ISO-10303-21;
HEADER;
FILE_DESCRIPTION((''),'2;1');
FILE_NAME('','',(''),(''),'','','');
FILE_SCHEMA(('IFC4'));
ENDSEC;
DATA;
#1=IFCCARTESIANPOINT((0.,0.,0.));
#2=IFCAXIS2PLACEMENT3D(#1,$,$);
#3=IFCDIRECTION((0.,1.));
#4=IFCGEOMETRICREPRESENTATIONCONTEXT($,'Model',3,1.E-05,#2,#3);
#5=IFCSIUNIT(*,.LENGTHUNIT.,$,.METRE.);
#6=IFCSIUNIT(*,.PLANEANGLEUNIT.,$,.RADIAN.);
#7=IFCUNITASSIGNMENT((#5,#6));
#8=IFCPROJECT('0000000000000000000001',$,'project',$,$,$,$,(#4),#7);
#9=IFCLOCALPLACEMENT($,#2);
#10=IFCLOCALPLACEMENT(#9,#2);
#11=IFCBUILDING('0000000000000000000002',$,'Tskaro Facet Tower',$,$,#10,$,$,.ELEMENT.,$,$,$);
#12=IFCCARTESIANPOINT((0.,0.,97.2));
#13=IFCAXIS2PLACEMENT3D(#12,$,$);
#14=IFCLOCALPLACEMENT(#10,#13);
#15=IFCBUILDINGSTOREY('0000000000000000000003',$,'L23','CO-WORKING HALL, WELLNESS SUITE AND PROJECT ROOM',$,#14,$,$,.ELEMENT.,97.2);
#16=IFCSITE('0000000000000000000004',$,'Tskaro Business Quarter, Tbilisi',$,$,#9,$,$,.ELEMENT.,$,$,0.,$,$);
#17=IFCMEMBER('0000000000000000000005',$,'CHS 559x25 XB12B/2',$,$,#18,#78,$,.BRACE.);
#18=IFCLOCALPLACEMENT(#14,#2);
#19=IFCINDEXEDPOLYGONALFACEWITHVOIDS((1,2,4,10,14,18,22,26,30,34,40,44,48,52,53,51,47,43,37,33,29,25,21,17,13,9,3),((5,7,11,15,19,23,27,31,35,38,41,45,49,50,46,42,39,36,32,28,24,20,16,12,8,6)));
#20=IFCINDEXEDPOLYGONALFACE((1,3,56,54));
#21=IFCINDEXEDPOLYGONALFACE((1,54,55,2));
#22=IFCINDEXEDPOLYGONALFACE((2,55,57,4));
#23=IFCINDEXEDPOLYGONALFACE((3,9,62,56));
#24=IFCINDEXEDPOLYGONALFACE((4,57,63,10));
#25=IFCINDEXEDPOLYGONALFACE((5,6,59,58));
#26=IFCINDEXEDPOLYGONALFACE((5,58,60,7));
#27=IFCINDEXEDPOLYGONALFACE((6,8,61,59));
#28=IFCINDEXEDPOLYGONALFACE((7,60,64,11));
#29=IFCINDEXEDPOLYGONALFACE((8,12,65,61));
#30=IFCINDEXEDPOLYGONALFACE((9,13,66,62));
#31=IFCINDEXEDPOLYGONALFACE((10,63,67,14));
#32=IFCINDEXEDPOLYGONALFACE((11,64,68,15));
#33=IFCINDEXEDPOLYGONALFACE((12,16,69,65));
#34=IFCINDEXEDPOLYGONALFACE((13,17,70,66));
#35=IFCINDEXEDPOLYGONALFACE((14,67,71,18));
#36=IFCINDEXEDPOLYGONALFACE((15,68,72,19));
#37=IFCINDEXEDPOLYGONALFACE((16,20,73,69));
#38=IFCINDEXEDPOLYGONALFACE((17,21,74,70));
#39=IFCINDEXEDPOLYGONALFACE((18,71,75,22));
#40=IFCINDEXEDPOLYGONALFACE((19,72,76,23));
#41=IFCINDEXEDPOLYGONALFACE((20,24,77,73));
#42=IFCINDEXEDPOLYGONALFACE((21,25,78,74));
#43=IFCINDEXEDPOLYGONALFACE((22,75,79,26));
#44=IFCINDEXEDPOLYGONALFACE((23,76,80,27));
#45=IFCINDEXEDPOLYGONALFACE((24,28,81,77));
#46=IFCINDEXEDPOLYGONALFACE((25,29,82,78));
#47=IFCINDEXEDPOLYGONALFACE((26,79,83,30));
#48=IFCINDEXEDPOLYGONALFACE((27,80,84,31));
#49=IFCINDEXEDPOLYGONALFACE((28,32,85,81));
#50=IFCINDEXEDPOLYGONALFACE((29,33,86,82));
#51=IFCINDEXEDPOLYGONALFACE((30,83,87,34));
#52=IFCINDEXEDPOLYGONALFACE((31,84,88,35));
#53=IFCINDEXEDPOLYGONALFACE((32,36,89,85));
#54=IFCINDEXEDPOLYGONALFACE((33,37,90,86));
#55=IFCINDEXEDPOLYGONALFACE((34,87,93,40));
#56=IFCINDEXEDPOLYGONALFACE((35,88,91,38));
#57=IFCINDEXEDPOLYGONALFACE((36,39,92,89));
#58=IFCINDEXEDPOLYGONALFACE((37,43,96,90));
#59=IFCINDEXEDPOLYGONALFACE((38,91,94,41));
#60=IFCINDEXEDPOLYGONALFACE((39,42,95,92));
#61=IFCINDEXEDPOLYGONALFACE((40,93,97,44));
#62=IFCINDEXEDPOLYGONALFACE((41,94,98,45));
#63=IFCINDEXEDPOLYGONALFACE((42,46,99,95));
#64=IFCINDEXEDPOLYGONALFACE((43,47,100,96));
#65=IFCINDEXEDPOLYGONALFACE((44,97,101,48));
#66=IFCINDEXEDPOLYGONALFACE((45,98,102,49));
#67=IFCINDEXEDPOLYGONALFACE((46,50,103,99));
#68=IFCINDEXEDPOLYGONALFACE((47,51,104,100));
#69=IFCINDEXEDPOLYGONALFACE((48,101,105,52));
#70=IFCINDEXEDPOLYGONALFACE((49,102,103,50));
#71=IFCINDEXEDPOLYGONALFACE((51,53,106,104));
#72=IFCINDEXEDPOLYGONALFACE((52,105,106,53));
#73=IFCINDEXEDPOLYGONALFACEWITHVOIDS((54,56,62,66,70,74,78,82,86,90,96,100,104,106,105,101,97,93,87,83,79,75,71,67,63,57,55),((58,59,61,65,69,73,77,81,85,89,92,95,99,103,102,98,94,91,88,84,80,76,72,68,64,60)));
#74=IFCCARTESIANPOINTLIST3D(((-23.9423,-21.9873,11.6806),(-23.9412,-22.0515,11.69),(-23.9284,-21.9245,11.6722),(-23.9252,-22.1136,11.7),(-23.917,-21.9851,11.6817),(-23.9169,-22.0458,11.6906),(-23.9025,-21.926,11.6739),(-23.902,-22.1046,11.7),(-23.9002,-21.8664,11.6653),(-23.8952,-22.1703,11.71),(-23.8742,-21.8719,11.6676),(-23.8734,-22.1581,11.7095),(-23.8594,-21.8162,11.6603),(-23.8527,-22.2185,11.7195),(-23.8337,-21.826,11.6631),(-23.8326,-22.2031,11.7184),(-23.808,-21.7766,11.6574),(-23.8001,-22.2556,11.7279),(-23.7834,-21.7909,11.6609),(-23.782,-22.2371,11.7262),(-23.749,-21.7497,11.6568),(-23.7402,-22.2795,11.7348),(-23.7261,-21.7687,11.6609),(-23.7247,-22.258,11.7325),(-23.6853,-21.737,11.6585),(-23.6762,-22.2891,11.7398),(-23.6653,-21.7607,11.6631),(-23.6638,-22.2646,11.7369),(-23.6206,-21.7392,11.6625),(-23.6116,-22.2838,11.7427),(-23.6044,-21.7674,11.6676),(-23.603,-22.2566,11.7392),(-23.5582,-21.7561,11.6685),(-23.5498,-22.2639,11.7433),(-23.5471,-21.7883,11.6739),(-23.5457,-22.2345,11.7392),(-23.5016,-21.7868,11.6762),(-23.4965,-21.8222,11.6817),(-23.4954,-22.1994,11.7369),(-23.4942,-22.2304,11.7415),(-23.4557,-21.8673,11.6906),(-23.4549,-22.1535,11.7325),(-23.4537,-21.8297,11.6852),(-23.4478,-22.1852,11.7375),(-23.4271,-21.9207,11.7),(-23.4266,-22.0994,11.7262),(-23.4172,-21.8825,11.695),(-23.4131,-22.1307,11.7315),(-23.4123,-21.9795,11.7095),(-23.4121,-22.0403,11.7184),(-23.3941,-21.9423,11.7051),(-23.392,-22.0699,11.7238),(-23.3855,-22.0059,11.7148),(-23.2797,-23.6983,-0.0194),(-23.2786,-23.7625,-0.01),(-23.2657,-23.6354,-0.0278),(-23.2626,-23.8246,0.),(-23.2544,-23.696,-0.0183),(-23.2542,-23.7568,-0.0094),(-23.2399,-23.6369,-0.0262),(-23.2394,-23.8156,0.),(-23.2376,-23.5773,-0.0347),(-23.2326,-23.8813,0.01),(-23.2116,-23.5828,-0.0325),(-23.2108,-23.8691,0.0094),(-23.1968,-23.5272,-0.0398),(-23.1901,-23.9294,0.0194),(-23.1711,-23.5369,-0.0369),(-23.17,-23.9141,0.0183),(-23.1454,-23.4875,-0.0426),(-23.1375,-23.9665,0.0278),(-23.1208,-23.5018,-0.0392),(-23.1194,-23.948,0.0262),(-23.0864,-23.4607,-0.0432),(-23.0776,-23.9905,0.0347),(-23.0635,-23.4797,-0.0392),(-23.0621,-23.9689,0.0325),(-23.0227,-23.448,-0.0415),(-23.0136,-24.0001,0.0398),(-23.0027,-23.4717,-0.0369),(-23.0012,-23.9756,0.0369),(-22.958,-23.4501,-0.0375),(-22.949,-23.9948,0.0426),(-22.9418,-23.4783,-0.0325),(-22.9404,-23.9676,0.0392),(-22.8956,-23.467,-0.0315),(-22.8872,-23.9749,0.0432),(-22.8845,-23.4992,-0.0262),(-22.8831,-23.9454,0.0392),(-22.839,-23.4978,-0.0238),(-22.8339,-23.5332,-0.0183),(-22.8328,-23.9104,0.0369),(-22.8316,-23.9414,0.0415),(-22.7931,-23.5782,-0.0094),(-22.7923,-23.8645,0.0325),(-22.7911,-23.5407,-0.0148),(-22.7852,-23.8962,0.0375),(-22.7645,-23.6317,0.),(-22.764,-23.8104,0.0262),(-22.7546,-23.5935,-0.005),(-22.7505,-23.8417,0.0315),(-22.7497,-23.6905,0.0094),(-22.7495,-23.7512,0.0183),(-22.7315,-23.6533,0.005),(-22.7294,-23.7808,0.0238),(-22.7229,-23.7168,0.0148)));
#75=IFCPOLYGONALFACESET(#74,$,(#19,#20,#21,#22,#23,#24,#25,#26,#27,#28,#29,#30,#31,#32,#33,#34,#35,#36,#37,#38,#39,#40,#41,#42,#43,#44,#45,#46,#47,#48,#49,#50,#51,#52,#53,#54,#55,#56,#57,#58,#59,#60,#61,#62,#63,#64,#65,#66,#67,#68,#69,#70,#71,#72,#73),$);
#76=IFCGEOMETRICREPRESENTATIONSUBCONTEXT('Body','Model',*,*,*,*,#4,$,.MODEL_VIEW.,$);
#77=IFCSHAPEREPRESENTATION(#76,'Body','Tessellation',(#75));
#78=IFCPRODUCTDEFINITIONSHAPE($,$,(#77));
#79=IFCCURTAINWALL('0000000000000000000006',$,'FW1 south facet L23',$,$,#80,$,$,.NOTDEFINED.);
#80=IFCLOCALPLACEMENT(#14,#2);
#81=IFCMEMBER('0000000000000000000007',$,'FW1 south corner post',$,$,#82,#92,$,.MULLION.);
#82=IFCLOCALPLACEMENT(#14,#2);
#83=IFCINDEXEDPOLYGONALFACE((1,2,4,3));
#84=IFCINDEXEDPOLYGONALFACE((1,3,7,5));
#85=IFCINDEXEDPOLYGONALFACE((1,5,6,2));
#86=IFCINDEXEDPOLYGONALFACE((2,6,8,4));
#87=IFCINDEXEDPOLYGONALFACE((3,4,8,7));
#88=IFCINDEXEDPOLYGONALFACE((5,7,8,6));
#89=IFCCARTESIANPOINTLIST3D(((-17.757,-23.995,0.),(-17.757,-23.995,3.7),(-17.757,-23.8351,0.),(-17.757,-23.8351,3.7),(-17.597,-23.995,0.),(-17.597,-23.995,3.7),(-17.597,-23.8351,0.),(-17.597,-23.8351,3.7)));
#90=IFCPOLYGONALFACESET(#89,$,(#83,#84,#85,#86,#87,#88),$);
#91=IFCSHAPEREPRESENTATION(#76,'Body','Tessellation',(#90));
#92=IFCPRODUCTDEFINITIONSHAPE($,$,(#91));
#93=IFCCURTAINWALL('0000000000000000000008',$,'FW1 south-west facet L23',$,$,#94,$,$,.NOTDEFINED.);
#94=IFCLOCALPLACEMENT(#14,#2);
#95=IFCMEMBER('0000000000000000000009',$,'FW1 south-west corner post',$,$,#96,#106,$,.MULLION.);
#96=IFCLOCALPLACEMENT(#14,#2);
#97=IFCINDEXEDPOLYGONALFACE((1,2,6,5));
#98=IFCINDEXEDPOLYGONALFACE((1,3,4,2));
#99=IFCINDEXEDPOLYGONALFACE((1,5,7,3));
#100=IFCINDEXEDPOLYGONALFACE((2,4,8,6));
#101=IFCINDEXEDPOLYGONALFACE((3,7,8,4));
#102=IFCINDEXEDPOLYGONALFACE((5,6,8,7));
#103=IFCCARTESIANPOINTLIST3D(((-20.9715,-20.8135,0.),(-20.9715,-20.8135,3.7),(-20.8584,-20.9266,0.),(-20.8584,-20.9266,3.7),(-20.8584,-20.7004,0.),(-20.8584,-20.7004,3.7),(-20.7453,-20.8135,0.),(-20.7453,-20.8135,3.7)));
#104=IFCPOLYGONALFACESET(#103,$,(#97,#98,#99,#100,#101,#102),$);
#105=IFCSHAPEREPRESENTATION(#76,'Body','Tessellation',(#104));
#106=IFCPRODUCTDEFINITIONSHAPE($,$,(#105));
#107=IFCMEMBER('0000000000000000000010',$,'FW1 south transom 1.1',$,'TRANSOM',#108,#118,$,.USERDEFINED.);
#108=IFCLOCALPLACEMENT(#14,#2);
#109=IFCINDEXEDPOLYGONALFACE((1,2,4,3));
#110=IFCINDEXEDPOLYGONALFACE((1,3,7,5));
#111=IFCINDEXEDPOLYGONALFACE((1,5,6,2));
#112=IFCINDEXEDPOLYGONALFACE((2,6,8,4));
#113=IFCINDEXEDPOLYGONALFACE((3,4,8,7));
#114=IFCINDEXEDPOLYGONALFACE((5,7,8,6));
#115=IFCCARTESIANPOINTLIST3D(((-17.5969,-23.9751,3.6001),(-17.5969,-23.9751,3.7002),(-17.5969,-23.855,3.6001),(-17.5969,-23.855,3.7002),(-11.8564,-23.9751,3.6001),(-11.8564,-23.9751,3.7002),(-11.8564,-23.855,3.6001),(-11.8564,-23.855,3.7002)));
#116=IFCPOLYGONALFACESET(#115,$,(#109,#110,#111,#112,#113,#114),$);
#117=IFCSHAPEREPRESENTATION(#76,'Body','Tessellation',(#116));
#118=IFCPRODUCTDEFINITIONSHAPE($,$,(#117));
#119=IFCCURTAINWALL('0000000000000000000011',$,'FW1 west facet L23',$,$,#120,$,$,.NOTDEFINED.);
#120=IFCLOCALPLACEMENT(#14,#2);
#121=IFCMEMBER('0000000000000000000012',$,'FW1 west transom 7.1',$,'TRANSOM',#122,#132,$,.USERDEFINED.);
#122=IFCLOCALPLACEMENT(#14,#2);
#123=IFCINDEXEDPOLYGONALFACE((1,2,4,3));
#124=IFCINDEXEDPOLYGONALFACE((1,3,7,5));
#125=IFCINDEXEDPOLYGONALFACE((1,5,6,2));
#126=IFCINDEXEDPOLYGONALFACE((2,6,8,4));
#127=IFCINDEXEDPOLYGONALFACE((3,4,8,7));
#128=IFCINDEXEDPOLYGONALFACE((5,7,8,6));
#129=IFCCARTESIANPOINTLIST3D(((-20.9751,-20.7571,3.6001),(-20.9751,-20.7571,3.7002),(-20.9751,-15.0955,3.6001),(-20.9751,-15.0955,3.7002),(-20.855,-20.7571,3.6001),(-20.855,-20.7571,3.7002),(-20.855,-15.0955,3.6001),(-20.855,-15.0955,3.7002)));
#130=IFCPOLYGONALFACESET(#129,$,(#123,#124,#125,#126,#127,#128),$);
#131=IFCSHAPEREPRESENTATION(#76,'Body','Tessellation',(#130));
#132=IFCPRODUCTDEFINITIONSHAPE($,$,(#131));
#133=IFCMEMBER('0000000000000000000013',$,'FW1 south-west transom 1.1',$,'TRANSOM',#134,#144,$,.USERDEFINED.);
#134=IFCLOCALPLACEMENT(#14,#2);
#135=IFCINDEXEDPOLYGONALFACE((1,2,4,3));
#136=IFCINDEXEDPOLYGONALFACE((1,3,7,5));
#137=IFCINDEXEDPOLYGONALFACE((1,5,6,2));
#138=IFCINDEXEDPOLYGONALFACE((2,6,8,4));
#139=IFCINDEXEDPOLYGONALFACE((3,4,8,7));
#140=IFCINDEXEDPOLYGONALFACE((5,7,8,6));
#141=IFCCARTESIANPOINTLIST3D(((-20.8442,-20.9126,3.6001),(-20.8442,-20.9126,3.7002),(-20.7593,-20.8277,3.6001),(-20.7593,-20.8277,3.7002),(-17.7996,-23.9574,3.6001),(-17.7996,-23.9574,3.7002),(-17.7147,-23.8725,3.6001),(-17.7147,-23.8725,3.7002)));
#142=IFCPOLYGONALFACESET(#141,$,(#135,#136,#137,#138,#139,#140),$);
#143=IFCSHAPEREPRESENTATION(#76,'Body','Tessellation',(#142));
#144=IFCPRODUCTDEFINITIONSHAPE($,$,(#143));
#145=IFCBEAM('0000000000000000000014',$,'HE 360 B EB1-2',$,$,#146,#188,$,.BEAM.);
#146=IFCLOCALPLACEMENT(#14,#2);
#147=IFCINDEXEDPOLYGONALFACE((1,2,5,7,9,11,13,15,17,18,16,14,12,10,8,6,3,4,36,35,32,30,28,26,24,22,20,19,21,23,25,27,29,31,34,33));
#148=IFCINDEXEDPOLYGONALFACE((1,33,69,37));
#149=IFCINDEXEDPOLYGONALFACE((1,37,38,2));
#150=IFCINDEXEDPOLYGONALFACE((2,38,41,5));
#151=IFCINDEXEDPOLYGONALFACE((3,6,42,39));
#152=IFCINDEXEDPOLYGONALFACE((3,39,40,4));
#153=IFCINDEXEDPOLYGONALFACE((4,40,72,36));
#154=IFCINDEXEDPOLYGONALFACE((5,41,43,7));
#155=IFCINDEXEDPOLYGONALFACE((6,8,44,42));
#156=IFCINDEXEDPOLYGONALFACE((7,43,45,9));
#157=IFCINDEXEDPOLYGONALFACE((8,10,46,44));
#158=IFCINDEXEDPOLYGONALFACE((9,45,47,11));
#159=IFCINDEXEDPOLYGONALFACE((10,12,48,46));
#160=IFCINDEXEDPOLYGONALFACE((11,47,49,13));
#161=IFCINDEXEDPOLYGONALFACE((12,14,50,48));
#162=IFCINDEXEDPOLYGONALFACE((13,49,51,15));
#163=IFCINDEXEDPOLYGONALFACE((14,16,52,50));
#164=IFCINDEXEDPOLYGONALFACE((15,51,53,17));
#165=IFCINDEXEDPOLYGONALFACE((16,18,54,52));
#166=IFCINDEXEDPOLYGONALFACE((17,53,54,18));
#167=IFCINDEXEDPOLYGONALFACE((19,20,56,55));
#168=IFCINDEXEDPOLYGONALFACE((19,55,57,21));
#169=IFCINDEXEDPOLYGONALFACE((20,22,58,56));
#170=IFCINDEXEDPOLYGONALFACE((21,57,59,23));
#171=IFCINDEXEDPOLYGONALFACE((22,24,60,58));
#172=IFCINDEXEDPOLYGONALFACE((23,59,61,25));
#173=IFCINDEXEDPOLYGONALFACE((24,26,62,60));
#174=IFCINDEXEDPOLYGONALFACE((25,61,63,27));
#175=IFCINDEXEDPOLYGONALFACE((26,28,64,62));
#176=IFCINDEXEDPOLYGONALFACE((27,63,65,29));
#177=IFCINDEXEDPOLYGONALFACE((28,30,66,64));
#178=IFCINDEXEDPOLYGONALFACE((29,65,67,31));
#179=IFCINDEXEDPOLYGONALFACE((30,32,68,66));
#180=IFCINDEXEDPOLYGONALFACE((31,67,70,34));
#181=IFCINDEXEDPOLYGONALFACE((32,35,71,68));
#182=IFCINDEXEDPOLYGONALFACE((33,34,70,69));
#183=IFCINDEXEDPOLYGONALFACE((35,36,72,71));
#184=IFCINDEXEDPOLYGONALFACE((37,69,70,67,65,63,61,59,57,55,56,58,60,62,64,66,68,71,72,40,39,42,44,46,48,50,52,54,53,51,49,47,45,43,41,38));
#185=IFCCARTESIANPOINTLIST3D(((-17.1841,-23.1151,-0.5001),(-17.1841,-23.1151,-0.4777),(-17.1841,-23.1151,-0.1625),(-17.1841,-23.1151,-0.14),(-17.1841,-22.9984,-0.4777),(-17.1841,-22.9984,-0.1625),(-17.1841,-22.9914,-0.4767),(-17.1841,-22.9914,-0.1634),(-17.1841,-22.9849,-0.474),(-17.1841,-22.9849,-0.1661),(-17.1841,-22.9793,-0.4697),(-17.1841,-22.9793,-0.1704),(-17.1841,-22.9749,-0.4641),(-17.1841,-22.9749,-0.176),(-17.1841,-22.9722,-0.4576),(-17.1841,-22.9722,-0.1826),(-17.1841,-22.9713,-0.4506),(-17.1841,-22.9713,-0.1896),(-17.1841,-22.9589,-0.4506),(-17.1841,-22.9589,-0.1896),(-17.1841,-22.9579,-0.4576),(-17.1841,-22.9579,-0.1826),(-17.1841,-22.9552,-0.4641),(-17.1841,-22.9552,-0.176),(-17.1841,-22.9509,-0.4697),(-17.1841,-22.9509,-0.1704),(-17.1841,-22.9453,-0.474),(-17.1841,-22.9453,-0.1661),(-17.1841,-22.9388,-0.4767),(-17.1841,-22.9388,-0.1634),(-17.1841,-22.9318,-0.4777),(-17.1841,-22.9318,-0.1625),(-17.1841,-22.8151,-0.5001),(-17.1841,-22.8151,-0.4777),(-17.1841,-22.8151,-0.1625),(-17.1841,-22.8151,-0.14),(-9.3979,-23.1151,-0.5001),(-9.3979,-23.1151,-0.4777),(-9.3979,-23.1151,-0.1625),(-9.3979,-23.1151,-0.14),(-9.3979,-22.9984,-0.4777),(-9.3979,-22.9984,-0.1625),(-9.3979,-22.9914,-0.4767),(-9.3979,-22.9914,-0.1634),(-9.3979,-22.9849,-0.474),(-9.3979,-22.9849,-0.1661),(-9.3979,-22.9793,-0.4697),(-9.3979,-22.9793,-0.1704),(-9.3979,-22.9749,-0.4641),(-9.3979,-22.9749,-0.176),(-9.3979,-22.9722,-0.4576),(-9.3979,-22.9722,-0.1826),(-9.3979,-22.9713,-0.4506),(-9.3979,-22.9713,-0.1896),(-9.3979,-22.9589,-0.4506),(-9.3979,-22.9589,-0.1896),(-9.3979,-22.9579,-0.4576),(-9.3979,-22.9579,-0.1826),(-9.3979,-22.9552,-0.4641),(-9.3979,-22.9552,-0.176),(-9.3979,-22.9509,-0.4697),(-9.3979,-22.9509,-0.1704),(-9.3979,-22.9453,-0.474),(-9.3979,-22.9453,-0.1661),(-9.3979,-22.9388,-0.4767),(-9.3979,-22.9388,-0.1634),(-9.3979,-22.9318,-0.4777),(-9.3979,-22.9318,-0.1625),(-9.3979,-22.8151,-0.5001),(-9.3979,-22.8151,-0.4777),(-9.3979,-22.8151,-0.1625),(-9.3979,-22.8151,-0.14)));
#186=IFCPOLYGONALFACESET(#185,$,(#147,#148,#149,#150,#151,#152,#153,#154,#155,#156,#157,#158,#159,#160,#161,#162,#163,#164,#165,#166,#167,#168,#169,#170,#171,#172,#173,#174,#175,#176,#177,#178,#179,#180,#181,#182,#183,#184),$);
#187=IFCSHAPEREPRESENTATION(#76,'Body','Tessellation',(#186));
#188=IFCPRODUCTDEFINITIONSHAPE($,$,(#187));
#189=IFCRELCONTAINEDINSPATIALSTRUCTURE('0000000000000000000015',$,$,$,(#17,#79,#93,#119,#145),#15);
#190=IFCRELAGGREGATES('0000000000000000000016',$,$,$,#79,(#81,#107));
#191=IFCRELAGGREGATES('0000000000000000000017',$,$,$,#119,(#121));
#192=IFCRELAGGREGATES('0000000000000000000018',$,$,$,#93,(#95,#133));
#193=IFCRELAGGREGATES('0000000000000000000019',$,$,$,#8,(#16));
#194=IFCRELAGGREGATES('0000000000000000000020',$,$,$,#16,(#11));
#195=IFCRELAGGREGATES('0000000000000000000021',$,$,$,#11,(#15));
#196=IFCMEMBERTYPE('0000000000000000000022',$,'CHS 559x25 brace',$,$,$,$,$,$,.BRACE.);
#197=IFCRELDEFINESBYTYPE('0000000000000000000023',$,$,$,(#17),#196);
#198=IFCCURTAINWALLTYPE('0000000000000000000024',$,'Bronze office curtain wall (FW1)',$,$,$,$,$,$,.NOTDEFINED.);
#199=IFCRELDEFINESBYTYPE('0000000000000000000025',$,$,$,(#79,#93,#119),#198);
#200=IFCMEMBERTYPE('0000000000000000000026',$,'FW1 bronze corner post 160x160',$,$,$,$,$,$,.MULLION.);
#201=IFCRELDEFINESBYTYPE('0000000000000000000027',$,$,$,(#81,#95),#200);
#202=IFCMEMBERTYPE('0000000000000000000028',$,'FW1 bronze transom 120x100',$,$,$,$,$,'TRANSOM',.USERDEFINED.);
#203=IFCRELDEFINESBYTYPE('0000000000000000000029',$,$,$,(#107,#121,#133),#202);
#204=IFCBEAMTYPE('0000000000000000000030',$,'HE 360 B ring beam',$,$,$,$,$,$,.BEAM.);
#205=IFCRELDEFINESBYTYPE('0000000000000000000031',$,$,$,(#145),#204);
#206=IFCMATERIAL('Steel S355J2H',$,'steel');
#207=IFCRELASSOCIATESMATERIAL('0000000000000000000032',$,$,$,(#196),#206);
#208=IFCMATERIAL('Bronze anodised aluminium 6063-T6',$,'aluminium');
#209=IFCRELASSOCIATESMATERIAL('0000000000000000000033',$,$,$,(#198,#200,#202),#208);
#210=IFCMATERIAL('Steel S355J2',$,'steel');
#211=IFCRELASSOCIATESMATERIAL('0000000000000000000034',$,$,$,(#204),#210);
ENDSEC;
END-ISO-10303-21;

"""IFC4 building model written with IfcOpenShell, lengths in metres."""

from ifc_helpers import new_model, si_unit, direction, frame, origin, origin_2d, place, context, subcontext, project, spatial, rectangle, hollow_circle, i_section, extrude, material, material_profile, profile_set, type_object, element, aggregate, save


model = new_model("IFC4")

# Units and contexts
model_context = context("Model", 3, precision=1e-05, world=origin(), true_north=direction((0.0, 1.0)))
body_context = subcontext(model_context, "Body", "Model", "MODEL_VIEW")
ifc_project = project(units=[si_unit("LENGTHUNIT", "METRE"), si_unit("PLANEANGLEUNIT", "RADIAN")], contexts=[model_context])

# Site, building, storey
site_placement = place(None, origin())
site = spatial("IfcSite", under=ifc_project, at=site_placement, Name="Tskaro Business Quarter, Tbilisi", CompositionType="ELEMENT", RefElevation=0.0)
building_placement = place(site_placement, origin())
building = spatial("IfcBuilding", under=site, at=building_placement, Name="Tskaro Facet Tower", CompositionType="ELEMENT")
storey_placement = place(building_placement, frame((0.0, 0.0, 97.2)))
storey = spatial("IfcBuildingStorey", under=building, at=storey_placement, Name="L23", Description="CO-WORKING HALL, WELLNESS SUITE AND PROJECT ROOM", CompositionType="ELEMENT", Elevation=97.2)

# Shared definitions
ifc_material_1 = material(Name="Steel S355J2H", Category="steel")

# Member
ifc_material_profile_1 = material_profile(ifc_material_1, hollow_circle(Radius=0.2795, WallThickness=0.0249, at=origin_2d()), Name="CHS 559x25")
ifc_profile_set_1 = profile_set([ifc_material_profile_1], Name="Steel S355J2H")
member_type_1 = type_object("IfcMemberType", Name="CHS 559x25 brace", PredefinedType="BRACE", material=ifc_profile_set_1)
for number, where, z_axis, x_axis, name in (
    (1, (-23.002, -23.7236, 0.0), (-0.055949, 0.144469, 0.987926), (-0.932513, -0.361136, 0.0), "CHS 559x25 XB12B/2"),
):
    element("IfcMember", number, at=place(storey_placement, frame(where, z_axis=z_axis, x_axis=x_axis)), inside=storey, type_object=member_type_1, Name=name, PredefinedType="BRACE", context=body_context, shape_type="SweptSolid", body=[
        extrude(hollow_circle(Radius=0.2795, WallThickness=0.0249, at=origin_2d()), origin(), (0.0, 0.0, 1.0), 11.843),
    ])

# Curtain walls, members
ifc_material_2 = material(Name="Bronze anodised aluminium 6063-T6", Category="aluminium")
curtain_wall_type = type_object("IfcCurtainWallType", Name="Bronze office curtain wall (FW1)", PredefinedType="NOTDEFINED", material=ifc_material_2)
curtain_wall_1_placement = place(storey_placement, origin())
curtain_wall_1 = element("IfcCurtainWall", 2, at=curtain_wall_1_placement, inside=storey, type_object=curtain_wall_type, Name="FW1 south facet L23", PredefinedType="NOTDEFINED")
ifc_material_profile_2 = material_profile(ifc_material_2, rectangle(XDim=0.1599, YDim=0.1599, at=origin_2d()), Name="Corner post 160x160")
ifc_profile_set_2 = profile_set([ifc_material_profile_2], Name="Bronze anodised aluminium 6063-T6")
member_type_2 = type_object("IfcMemberType", Name="FW1 bronze corner post 160x160", PredefinedType="MULLION", material=ifc_profile_set_2)
member_1_placement = place(storey_placement, frame((-17.677, -23.915, 0.0), z_axis=(0.0, 0.0, 1.0), x_axis=(1.0, 0.0, 0.0)))
member_1 = element("IfcMember", 3, at=member_1_placement, type_object=member_type_2, Name="FW1 south corner post", PredefinedType="MULLION", context=body_context, shape_type="SweptSolid", body=[
    extrude(rectangle(XDim=0.1599, YDim=0.1599, at=origin_2d()), origin(), (0.0, 0.0, 1.0), 3.7),
])
curtain_wall_2_placement = place(storey_placement, origin())
curtain_wall_2 = element("IfcCurtainWall", 4, at=curtain_wall_2_placement, inside=storey, type_object=curtain_wall_type, Name="FW1 south-west facet L23", PredefinedType="NOTDEFINED")
member_2_placement = place(storey_placement, frame((-20.8584, -20.8135, 0.0), z_axis=(0.0, 0.0, 1.0), x_axis=(0.707107, -0.707107, 0.0)))
member_2 = element("IfcMember", 5, at=member_2_placement, type_object=member_type_2, Name="FW1 south-west corner post", PredefinedType="MULLION", context=body_context, shape_type="SweptSolid", body=[
    extrude(rectangle(XDim=0.1599, YDim=0.1599, at=origin_2d()), origin(), (0.0, 0.0, 1.0), 3.7),
])

# Member
ifc_material_profile_3 = material_profile(ifc_material_2, rectangle(XDim=0.1201, YDim=0.1001, at=origin_2d()), Name="Transom 120x100")
ifc_profile_set_3 = profile_set([ifc_material_profile_3], Name="Bronze anodised aluminium 6063-T6")
member_type_3 = type_object("IfcMemberType", Name="FW1 bronze transom 120x100", ElementType="TRANSOM", PredefinedType="USERDEFINED", material=ifc_profile_set_3)
member_3_placement = place(storey_placement, frame((-17.5969, -23.915, 3.6501), z_axis=(1.0, 0.0, 0.0), x_axis=(0.0, 1.0, 0.0)))
member_3 = element("IfcMember", 6, at=member_3_placement, type_object=member_type_3, Name="FW1 south transom 1.1", ObjectType="TRANSOM", PredefinedType="USERDEFINED", context=body_context, shape_type="SweptSolid", body=[
    extrude(rectangle(XDim=0.1201, YDim=0.1001, at=origin_2d()), origin(), (0.0, 0.0, 1.0), 5.7405),
])

# Curtain wall, member
curtain_wall_3_placement = place(storey_placement, origin())
curtain_wall_3 = element("IfcCurtainWall", 7, at=curtain_wall_3_placement, inside=storey, type_object=curtain_wall_type, Name="FW1 west facet L23", PredefinedType="NOTDEFINED")
member_4_placement = place(storey_placement, frame((-20.915, -15.0955, 3.6501), z_axis=(0.0, -1.0, 0.0), x_axis=(1.0, 0.0, 0.0)))
member_4 = element("IfcMember", 8, at=member_4_placement, type_object=member_type_3, Name="FW1 west transom 7.1", ObjectType="TRANSOM", PredefinedType="USERDEFINED", context=body_context, shape_type="SweptSolid", body=[
    extrude(rectangle(XDim=0.1201, YDim=0.1001, at=origin_2d()), origin(), (0.0, 0.0, 1.0), 5.6616),
])

# Member
member_5_placement = place(storey_placement, frame((-20.8018, -20.8701, 3.6501), z_axis=(0.707078, -0.707135, 0.0), x_axis=(0.707135, 0.707078, 0.0)))
member_5 = element("IfcMember", 9, at=member_5_placement, type_object=member_type_3, Name="FW1 south-west transom 1.1", ObjectType="TRANSOM", PredefinedType="USERDEFINED", context=body_context, shape_type="SweptSolid", body=[
    extrude(rectangle(XDim=0.1201, YDim=0.1001, at=origin_2d()), origin(), (0.0, 0.0, 1.0), 4.3059),
])

# Beam
ifc_material_3 = material(Name="Steel S355J2", Category="steel")
ifc_material_profile_4 = material_profile(ifc_material_3, i_section(OverallWidth=0.3, OverallDepth=0.3601, WebThickness=0.0125, FlangeThickness=0.0225, FilletRadius=0.0271, at=origin_2d()), Name="HE 360 B")
ifc_profile_set_4 = profile_set([ifc_material_profile_4], Name="Steel S355J2")
beam_type_1 = type_object("IfcBeamType", Name="HE 360 B ring beam", PredefinedType="BEAM", material=ifc_profile_set_4)
beam_1_placement = place(storey_placement, frame((-17.1841, -22.9651, -0.3201), z_axis=(1.0, 0.0, 0.0), x_axis=(0.0, 1.0, 0.0)))
element("IfcBeam", 10, at=beam_1_placement, inside=storey, type_object=beam_type_1, Name="HE 360 B EB1-2", PredefinedType="BEAM", context=body_context, shape_type="SweptSolid", body=[
    extrude(i_section(OverallWidth=0.3, OverallDepth=0.3601, WebThickness=0.0125, FlangeThickness=0.0225, FilletRadius=0.0271, at=origin_2d()), origin(), (0.0, 0.0, 1.0), 7.7861),
])

aggregate(curtain_wall_1, [member_1, member_3])
aggregate(curtain_wall_3, [member_4])
aggregate(curtain_wall_2, [member_2, member_5])

save(model, "model.ifc")
